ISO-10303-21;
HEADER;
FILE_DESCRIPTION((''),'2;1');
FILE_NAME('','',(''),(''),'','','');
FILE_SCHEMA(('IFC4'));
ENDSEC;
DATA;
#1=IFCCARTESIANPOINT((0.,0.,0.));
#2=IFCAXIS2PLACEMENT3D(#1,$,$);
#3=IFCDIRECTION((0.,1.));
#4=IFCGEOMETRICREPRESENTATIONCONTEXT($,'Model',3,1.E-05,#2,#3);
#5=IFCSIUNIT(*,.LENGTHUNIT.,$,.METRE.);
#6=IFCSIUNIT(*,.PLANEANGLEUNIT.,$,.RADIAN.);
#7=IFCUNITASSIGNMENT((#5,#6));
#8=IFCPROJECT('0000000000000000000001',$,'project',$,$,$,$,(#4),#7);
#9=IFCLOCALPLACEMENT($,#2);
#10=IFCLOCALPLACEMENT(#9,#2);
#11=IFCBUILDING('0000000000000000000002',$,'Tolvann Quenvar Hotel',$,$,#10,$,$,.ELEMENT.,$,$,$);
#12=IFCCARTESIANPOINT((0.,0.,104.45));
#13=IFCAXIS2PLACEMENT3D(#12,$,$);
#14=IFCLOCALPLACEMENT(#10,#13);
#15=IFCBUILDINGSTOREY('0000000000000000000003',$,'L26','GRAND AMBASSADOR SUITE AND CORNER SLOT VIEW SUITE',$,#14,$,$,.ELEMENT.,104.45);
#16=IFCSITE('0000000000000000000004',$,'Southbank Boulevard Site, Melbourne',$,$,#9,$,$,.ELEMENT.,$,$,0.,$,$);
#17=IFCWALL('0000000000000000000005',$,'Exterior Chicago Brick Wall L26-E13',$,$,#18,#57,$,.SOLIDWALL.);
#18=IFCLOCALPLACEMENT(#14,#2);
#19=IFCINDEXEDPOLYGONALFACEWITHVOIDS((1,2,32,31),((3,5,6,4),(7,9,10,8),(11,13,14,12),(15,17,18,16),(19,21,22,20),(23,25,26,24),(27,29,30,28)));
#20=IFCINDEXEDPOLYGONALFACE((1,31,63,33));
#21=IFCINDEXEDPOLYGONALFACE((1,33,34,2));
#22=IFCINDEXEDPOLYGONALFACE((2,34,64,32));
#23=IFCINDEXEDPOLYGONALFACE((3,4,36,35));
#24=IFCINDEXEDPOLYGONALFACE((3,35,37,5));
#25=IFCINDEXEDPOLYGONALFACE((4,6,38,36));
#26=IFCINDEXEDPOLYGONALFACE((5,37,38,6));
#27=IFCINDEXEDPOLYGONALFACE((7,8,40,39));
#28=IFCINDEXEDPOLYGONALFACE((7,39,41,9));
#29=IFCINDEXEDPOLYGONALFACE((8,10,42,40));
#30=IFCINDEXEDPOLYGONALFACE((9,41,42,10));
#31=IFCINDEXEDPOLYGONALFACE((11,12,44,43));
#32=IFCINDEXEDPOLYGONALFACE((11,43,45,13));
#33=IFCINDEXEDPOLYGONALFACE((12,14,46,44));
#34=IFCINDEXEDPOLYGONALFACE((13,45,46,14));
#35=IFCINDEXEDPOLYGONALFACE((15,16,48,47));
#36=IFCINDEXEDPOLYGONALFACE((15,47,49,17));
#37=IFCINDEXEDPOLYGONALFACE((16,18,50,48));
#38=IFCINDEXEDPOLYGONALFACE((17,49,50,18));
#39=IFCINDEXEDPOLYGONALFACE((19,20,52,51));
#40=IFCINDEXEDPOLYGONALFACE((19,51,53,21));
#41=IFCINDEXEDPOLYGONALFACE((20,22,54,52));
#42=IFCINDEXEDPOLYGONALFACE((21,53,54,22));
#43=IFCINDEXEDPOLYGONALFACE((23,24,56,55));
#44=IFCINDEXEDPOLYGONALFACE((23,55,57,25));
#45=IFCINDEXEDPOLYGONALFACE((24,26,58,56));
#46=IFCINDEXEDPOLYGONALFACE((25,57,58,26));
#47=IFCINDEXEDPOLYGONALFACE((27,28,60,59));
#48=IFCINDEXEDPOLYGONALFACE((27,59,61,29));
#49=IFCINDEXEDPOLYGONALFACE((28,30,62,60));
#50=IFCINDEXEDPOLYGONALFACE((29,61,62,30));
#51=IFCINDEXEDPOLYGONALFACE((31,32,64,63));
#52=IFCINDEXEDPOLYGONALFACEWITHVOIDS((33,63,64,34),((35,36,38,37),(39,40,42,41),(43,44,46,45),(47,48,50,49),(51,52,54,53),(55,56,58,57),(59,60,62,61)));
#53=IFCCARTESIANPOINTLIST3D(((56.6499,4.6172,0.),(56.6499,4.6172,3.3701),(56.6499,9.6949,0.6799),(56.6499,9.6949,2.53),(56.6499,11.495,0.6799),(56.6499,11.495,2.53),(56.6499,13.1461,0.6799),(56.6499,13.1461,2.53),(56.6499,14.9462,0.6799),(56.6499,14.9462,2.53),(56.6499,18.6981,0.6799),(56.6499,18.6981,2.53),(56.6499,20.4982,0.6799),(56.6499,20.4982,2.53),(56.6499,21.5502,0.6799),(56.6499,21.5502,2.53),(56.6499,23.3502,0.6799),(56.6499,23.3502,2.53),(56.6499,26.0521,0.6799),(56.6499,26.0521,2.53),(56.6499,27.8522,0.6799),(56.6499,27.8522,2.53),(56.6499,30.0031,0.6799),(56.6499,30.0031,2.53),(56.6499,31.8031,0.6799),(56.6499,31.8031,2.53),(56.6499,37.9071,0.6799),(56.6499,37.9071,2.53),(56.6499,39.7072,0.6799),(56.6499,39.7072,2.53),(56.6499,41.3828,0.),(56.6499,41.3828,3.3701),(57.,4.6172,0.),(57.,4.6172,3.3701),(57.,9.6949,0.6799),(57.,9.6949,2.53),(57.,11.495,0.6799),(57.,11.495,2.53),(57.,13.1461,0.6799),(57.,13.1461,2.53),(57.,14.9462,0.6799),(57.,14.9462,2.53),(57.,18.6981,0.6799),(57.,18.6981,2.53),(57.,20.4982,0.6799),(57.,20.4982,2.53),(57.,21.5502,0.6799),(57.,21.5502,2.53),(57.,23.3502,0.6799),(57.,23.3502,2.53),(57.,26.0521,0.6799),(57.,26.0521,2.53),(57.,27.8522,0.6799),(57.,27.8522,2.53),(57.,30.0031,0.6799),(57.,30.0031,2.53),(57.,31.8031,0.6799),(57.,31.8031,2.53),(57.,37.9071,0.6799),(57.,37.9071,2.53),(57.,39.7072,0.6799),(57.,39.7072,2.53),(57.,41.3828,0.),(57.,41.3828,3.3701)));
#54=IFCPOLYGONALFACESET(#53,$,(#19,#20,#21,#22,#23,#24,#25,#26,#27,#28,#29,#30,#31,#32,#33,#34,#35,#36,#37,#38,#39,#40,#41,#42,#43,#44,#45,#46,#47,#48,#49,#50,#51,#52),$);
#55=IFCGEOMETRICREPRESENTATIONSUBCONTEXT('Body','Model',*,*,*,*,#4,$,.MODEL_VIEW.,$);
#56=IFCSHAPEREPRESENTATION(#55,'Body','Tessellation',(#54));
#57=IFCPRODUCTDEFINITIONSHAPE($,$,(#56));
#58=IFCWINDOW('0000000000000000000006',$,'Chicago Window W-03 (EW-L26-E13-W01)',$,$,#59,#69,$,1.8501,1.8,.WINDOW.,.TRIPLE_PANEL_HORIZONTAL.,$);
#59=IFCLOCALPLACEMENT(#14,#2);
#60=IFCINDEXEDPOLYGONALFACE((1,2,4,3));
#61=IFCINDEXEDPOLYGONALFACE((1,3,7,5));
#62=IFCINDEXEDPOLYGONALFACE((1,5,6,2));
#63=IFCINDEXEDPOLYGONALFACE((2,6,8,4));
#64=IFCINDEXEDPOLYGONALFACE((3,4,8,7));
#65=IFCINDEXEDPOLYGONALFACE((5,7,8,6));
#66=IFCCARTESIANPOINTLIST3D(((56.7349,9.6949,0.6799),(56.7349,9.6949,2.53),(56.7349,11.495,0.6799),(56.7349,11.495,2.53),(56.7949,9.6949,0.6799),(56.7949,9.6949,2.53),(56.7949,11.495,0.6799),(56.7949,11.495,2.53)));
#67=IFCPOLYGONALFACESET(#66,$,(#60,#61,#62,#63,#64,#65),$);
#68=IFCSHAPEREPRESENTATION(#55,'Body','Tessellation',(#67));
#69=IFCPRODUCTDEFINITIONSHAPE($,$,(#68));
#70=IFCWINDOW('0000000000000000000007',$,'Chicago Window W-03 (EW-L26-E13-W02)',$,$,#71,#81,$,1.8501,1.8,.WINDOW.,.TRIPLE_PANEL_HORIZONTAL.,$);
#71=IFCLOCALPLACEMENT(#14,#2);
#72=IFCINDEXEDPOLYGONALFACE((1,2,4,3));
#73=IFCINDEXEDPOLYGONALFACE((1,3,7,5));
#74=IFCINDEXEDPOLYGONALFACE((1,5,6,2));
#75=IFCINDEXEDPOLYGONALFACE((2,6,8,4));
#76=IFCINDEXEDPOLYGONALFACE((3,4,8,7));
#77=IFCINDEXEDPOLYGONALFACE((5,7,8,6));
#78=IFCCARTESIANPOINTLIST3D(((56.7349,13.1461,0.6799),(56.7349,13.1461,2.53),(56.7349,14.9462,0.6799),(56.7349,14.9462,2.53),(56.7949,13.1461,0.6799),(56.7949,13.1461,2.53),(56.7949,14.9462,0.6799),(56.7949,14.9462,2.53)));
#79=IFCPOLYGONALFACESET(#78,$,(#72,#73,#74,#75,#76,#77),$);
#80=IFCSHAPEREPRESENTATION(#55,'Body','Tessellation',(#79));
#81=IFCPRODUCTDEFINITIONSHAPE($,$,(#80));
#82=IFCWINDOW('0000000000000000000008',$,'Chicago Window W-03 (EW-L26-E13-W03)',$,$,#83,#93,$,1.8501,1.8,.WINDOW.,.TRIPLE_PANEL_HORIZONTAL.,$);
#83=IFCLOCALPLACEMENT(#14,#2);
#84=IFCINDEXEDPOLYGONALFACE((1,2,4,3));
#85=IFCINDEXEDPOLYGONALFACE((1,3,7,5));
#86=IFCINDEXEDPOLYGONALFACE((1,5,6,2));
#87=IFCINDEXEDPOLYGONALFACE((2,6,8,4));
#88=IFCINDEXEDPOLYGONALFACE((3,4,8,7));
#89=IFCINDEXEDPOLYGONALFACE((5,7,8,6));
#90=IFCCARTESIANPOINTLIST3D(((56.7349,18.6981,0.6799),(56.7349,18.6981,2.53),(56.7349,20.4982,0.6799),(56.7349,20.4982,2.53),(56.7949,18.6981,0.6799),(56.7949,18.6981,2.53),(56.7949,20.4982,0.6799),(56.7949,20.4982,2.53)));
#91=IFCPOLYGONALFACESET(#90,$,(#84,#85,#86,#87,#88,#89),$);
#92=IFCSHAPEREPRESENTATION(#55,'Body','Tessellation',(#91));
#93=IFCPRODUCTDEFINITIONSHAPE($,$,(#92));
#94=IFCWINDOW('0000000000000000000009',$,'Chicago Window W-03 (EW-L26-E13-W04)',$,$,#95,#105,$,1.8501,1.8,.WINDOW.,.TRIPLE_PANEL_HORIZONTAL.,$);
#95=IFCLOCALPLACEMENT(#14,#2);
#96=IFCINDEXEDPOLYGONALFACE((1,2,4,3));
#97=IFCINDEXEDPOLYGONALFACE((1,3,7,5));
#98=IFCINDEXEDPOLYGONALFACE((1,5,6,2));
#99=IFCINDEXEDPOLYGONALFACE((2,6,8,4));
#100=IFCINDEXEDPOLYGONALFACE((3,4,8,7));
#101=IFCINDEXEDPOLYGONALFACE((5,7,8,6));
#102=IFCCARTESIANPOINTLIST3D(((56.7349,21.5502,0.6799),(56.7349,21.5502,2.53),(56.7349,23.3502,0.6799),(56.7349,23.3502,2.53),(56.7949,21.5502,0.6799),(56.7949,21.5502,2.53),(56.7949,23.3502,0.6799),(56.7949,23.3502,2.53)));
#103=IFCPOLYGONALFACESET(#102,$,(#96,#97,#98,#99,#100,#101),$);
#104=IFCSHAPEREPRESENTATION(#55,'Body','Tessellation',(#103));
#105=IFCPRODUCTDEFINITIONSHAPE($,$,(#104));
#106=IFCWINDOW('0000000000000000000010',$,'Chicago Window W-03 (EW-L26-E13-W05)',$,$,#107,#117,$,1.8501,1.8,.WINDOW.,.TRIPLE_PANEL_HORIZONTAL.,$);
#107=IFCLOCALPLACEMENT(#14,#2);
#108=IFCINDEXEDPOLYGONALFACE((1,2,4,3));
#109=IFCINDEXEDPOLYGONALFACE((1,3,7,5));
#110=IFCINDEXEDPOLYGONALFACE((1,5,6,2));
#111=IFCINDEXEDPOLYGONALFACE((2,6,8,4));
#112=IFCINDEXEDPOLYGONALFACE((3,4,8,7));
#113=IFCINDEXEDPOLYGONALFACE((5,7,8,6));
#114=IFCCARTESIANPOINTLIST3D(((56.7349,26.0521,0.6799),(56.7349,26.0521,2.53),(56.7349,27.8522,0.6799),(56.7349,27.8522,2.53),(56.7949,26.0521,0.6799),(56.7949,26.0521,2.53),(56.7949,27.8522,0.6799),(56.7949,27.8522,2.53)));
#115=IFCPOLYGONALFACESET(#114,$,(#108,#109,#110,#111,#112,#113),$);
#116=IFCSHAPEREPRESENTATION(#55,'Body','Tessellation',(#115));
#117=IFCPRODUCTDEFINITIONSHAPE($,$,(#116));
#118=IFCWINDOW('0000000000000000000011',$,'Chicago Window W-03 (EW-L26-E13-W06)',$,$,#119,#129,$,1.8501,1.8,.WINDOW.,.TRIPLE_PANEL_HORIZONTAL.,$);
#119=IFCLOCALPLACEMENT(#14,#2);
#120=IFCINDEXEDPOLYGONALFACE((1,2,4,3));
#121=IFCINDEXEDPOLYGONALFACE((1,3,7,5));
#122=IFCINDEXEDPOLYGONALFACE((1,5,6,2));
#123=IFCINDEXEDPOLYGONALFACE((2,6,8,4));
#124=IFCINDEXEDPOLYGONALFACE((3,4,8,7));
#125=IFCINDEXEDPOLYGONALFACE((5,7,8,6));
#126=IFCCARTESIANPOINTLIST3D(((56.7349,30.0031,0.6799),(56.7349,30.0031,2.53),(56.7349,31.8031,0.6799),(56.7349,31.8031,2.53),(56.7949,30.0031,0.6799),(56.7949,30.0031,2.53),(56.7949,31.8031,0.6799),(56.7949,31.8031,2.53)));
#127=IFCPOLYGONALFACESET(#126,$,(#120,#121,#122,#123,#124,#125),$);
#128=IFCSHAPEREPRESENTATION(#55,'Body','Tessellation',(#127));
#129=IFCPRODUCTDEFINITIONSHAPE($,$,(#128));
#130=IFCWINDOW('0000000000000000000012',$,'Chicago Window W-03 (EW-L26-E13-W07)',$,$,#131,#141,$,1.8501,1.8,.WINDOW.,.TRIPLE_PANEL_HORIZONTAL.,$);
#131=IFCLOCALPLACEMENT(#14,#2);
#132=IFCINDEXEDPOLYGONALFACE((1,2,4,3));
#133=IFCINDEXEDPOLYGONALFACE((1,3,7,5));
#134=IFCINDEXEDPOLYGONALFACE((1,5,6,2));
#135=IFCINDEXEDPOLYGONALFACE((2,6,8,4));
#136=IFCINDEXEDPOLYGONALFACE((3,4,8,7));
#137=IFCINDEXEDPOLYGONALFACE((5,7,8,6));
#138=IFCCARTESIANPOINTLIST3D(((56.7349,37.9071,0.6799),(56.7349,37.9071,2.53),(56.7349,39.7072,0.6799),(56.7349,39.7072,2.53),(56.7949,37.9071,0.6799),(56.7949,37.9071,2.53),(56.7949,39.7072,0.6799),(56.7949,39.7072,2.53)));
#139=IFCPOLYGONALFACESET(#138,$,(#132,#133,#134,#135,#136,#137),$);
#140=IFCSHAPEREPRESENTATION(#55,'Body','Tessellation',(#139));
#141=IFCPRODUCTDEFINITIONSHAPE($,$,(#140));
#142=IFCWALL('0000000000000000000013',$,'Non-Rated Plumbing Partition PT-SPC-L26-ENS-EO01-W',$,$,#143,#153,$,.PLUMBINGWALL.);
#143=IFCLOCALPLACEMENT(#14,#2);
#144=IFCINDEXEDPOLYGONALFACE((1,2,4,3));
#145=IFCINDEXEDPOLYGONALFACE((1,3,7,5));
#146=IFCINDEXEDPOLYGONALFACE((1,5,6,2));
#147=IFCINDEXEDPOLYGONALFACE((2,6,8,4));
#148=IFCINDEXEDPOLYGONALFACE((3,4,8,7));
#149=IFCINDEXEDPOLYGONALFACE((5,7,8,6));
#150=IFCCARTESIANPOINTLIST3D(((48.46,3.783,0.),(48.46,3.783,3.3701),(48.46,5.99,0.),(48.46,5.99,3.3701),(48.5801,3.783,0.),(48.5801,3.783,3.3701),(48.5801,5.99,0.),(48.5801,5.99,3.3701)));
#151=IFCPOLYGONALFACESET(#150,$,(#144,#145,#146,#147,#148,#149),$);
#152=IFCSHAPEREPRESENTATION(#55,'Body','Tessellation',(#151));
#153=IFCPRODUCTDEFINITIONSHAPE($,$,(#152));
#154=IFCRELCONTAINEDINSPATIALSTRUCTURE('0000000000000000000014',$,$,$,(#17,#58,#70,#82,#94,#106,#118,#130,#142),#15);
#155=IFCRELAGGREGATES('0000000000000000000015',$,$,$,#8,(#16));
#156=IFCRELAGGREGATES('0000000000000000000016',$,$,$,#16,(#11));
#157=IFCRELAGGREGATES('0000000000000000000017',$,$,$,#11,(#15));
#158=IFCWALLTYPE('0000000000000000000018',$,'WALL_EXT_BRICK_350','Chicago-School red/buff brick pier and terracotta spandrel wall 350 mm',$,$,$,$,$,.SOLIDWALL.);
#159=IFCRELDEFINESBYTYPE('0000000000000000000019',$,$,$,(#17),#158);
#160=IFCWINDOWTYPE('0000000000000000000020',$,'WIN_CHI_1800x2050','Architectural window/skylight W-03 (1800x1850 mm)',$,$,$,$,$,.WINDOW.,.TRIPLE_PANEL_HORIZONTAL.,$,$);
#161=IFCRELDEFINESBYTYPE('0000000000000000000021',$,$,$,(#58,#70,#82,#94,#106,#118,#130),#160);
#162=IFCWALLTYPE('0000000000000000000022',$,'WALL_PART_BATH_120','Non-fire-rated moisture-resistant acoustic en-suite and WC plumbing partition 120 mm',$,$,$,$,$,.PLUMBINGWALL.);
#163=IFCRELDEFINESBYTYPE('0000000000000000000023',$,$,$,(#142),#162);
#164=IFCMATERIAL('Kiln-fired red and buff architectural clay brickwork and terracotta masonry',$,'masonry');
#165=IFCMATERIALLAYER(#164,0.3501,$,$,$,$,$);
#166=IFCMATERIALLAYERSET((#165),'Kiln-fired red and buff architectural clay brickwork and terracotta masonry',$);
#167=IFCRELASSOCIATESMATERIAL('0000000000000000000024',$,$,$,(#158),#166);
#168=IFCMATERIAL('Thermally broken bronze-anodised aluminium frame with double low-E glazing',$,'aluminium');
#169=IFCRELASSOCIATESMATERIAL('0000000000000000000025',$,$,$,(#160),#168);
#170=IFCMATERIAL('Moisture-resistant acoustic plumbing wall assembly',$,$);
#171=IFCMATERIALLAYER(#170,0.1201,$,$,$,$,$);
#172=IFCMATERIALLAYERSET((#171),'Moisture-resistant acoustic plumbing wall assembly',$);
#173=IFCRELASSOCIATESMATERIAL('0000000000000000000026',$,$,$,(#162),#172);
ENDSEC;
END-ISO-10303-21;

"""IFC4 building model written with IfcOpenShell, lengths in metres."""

from ifc_helpers import new_model, si_unit, direction, frame, frame_2d, origin, place, context, subcontext, project, spatial, rectangle, extrude, source, transform, mapped, material, layer, layer_set, type_object, type_shapes, element, fill, save


model = new_model("IFC4")

# Units and contexts
model_context = context("Model", 3, precision=1e-05, world=origin(), true_north=direction((0.0, 1.0)))
body_context = subcontext(model_context, "Body", "Model", "MODEL_VIEW")
ifc_project = project(units=[si_unit("LENGTHUNIT", "METRE"), si_unit("PLANEANGLEUNIT", "RADIAN")], contexts=[model_context])

# Site, building, storey
site_placement = place(None, origin())
site = spatial("IfcSite", under=ifc_project, at=site_placement, Name="Southbank Boulevard Site, Melbourne", CompositionType="ELEMENT", RefElevation=0.0)
building_placement = place(site_placement, origin())
building = spatial("IfcBuilding", under=site, at=building_placement, Name="Tolvann Quenvar Hotel", CompositionType="ELEMENT")
storey_placement = place(building_placement, frame((0.0, 0.0, 104.45)))
storey = spatial("IfcBuildingStorey", under=building, at=storey_placement, Name="L26", Description="GRAND AMBASSADOR SUITE AND CORNER SLOT VIEW SUITE", CompositionType="ELEMENT", Elevation=104.45)

# Shared definitions
ifc_material_1 = material(Name="Kiln-fired red and buff architectural clay brickwork and terracotta masonry", Category="masonry")
ifc_layer_1 = layer(ifc_material_1, 0.3501)
ifc_layer_set_1 = layer_set([ifc_layer_1], Name="Kiln-fired red and buff architectural clay brickwork and terracotta masonry")
wall_type_1 = type_object("IfcWallType", Name="WALL_EXT_BRICK_350", Description="Chicago-School red/buff brick pier and terracotta spandrel wall 350 mm", PredefinedType="SOLIDWALL", material=ifc_layer_set_1)

# Wall, openings, windows
wall_1_placement = place(storey_placement, frame((56.825, 4.6172, 0.0), z_axis=(0.0, 0.0, 1.0), x_axis=(0.0, 1.0, 0.0)))
wall_1 = element("IfcWall", 1, at=wall_1_placement, inside=storey, type_object=wall_type_1, Name="Exterior Chicago Brick Wall L26-E13", PredefinedType="SOLIDWALL", context=body_context, shape_type="SweptSolid", body=[
    extrude(rectangle(XDim=36.7656, YDim=0.3501, at=frame_2d((18.3828, 0.0))), origin(), (0.0, 0.0, 1.0), 3.3701),
])
opening_1_placement = place(wall_1_placement, frame((5.0779, 0.0, 0.6799)))
opening_1 = element("IfcOpeningElement", 2, at=opening_1_placement, cuts=wall_1, PredefinedType="OPENING", context=body_context, shape_type="SweptSolid", body=[
    extrude(rectangle(XDim=1.8, YDim=1.8501, at=frame_2d((0.8999, 0.925))), frame((0.0, 0.1851, 0.0), z_axis=(0.0, -1.0, 0.0), x_axis=(1.0, 0.0, 0.0)), (0.0, 0.0, 1.0), 0.3701),
])
opening_2_placement = place(wall_1_placement, frame((8.5291, 0.0, 0.6799)))
opening_2 = element("IfcOpeningElement", 3, at=opening_2_placement, cuts=wall_1, PredefinedType="OPENING", context=body_context, shape_type="SweptSolid", body=[
    extrude(rectangle(XDim=1.8, YDim=1.8501, at=frame_2d((0.8999, 0.925))), frame((0.0, 0.1851, 0.0), z_axis=(0.0, -1.0, 0.0), x_axis=(1.0, 0.0, 0.0)), (0.0, 0.0, 1.0), 0.3701),
])
opening_3_placement = place(wall_1_placement, frame((14.0811, 0.0, 0.6799)))
opening_3 = element("IfcOpeningElement", 4, at=opening_3_placement, cuts=wall_1, PredefinedType="OPENING", context=body_context, shape_type="SweptSolid", body=[
    extrude(rectangle(XDim=1.8, YDim=1.8501, at=frame_2d((0.8999, 0.925))), frame((0.0, 0.1851, 0.0), z_axis=(0.0, -1.0, 0.0), x_axis=(1.0, 0.0, 0.0)), (0.0, 0.0, 1.0), 0.3701),
])
opening_4_placement = place(wall_1_placement, frame((16.9331, 0.0, 0.6799)))
opening_4 = element("IfcOpeningElement", 5, at=opening_4_placement, cuts=wall_1, PredefinedType="OPENING", context=body_context, shape_type="SweptSolid", body=[
    extrude(rectangle(XDim=1.8, YDim=1.8501, at=frame_2d((0.8999, 0.925))), frame((0.0, 0.1851, 0.0), z_axis=(0.0, -1.0, 0.0), x_axis=(1.0, 0.0, 0.0)), (0.0, 0.0, 1.0), 0.3701),
])
opening_5_placement = place(wall_1_placement, frame((21.4351, 0.0, 0.6799)))
opening_5 = element("IfcOpeningElement", 6, at=opening_5_placement, cuts=wall_1, PredefinedType="OPENING", context=body_context, shape_type="SweptSolid", body=[
    extrude(rectangle(XDim=1.8, YDim=1.8501, at=frame_2d((0.8999, 0.925))), frame((0.0, 0.1851, 0.0), z_axis=(0.0, -1.0, 0.0), x_axis=(1.0, 0.0, 0.0)), (0.0, 0.0, 1.0), 0.3701),
])
opening_6_placement = place(wall_1_placement, frame((25.386, 0.0, 0.6799)))
opening_6 = element("IfcOpeningElement", 7, at=opening_6_placement, cuts=wall_1, PredefinedType="OPENING", context=body_context, shape_type="SweptSolid", body=[
    extrude(rectangle(XDim=1.8, YDim=1.8501, at=frame_2d((0.8999, 0.925))), frame((0.0, 0.1851, 0.0), z_axis=(0.0, -1.0, 0.0), x_axis=(1.0, 0.0, 0.0)), (0.0, 0.0, 1.0), 0.3701),
])
opening_7_placement = place(wall_1_placement, frame((33.29, 0.0, 0.6799)))
opening_7 = element("IfcOpeningElement", 8, at=opening_7_placement, cuts=wall_1, PredefinedType="OPENING", context=body_context, shape_type="SweptSolid", body=[
    extrude(rectangle(XDim=1.8, YDim=1.8501, at=frame_2d((0.8999, 0.925))), frame((0.0, 0.1851, 0.0), z_axis=(0.0, -1.0, 0.0), x_axis=(1.0, 0.0, 0.0)), (0.0, 0.0, 1.0), 0.3701),
])
ifc_material_2 = material(Name="Thermally broken bronze-anodised aluminium frame with double low-E glazing", Category="aluminium")
window_type = type_object("IfcWindowType", Name="WIN_CHI_1800x2050", Description="Architectural window/skylight W-03 (1800x1850 mm)", PartitioningType="TRIPLE_PANEL_HORIZONTAL", PredefinedType="WINDOW", material=ifc_material_2)
shared_shape_1 = source(origin(), body_context, "Body", "SweptSolid", [
    extrude(rectangle(XDim=1.8, YDim=1.8501, at=frame_2d((0.8999, 0.925))), frame((0.0, 0.0901, 0.0), z_axis=(0.0, -1.0, 0.0), x_axis=(1.0, 0.0, 0.0)), (0.0, 0.0, 1.0), 0.0601),
])
type_shapes(window_type, [shared_shape_1])
window_1_placement = place(opening_1_placement, origin())
window_1 = element("IfcWindow", 9, at=window_1_placement, inside=storey, type_object=window_type, Name="Chicago Window W-03 (EW-L26-E13-W01)", OverallHeight=1.8501, OverallWidth=1.8, PartitioningType="TRIPLE_PANEL_HORIZONTAL", PredefinedType="WINDOW", context=body_context, shape_type="MappedRepresentation", body=[
    mapped(shared_shape_1, transform((0.0, 0.0, 0.0), x_axis=(1.0, 0.0, 0.0), y_axis=(0.0, 1.0, 0.0), z_axis=(0.0, 0.0, 1.0), scale=1.0)),
])
fill(opening_1, window_1)
window_2_placement = place(opening_2_placement, origin())
window_2 = element("IfcWindow", 10, at=window_2_placement, inside=storey, type_object=window_type, Name="Chicago Window W-03 (EW-L26-E13-W02)", OverallHeight=1.8501, OverallWidth=1.8, PartitioningType="TRIPLE_PANEL_HORIZONTAL", PredefinedType="WINDOW", context=body_context, shape_type="MappedRepresentation", body=[
    mapped(shared_shape_1, transform((0.0, 0.0, 0.0), x_axis=(1.0, 0.0, 0.0), y_axis=(0.0, 1.0, 0.0), z_axis=(0.0, 0.0, 1.0), scale=1.0)),
])
fill(opening_2, window_2)
window_3_placement = place(opening_3_placement, origin())
window_3 = element("IfcWindow", 11, at=window_3_placement, inside=storey, type_object=window_type, Name="Chicago Window W-03 (EW-L26-E13-W03)", OverallHeight=1.8501, OverallWidth=1.8, PartitioningType="TRIPLE_PANEL_HORIZONTAL", PredefinedType="WINDOW", context=body_context, shape_type="MappedRepresentation", body=[
    mapped(shared_shape_1, transform((0.0, 0.0, 0.0), x_axis=(1.0, 0.0, 0.0), y_axis=(0.0, 1.0, 0.0), z_axis=(0.0, 0.0, 1.0), scale=1.0)),
])
fill(opening_3, window_3)
window_4_placement = place(opening_4_placement, origin())
window_4 = element("IfcWindow", 12, at=window_4_placement, inside=storey, type_object=window_type, Name="Chicago Window W-03 (EW-L26-E13-W04)", OverallHeight=1.8501, OverallWidth=1.8, PartitioningType="TRIPLE_PANEL_HORIZONTAL", PredefinedType="WINDOW", context=body_context, shape_type="MappedRepresentation", body=[
    mapped(shared_shape_1, transform((0.0, 0.0, 0.0), x_axis=(1.0, 0.0, 0.0), y_axis=(0.0, 1.0, 0.0), z_axis=(0.0, 0.0, 1.0), scale=1.0)),
])
fill(opening_4, window_4)
window_5_placement = place(opening_5_placement, origin())
window_5 = element("IfcWindow", 13, at=window_5_placement, inside=storey, type_object=window_type, Name="Chicago Window W-03 (EW-L26-E13-W05)", OverallHeight=1.8501, OverallWidth=1.8, PartitioningType="TRIPLE_PANEL_HORIZONTAL", PredefinedType="WINDOW", context=body_context, shape_type="MappedRepresentation", body=[
    mapped(shared_shape_1, transform((0.0, 0.0, 0.0), x_axis=(1.0, 0.0, 0.0), y_axis=(0.0, 1.0, 0.0), z_axis=(0.0, 0.0, 1.0), scale=1.0)),
])
fill(opening_5, window_5)
window_6_placement = place(opening_6_placement, origin())
window_6 = element("IfcWindow", 14, at=window_6_placement, inside=storey, type_object=window_type, Name="Chicago Window W-03 (EW-L26-E13-W06)", OverallHeight=1.8501, OverallWidth=1.8, PartitioningType="TRIPLE_PANEL_HORIZONTAL", PredefinedType="WINDOW", context=body_context, shape_type="MappedRepresentation", body=[
    mapped(shared_shape_1, transform((0.0, 0.0, 0.0), x_axis=(1.0, 0.0, 0.0), y_axis=(0.0, 1.0, 0.0), z_axis=(0.0, 0.0, 1.0), scale=1.0)),
])
fill(opening_6, window_6)
window_7_placement = place(opening_7_placement, origin())
window_7 = element("IfcWindow", 15, at=window_7_placement, inside=storey, type_object=window_type, Name="Chicago Window W-03 (EW-L26-E13-W07)", OverallHeight=1.8501, OverallWidth=1.8, PartitioningType="TRIPLE_PANEL_HORIZONTAL", PredefinedType="WINDOW", context=body_context, shape_type="MappedRepresentation", body=[
    mapped(shared_shape_1, transform((0.0, 0.0, 0.0), x_axis=(1.0, 0.0, 0.0), y_axis=(0.0, 1.0, 0.0), z_axis=(0.0, 0.0, 1.0), scale=1.0)),
])
fill(opening_7, window_7)

# Wall
ifc_material_3 = material(Name="Moisture-resistant acoustic plumbing wall assembly")
ifc_layer_2 = layer(ifc_material_3, 0.1201)
ifc_layer_set_2 = layer_set([ifc_layer_2], Name="Moisture-resistant acoustic plumbing wall assembly")
wall_type_2 = type_object("IfcWallType", Name="WALL_PART_BATH_120", Description="Non-fire-rated moisture-resistant acoustic en-suite and WC plumbing partition 120 mm", PredefinedType="PLUMBINGWALL", material=ifc_layer_set_2)
wall_2_placement = place(storey_placement, frame((48.52, 3.783, 0.0), z_axis=(0.0, 0.0, 1.0), x_axis=(0.0, 1.0, 0.0)))
element("IfcWall", 16, at=wall_2_placement, inside=storey, type_object=wall_type_2, Name="Non-Rated Plumbing Partition PT-SPC-L26-ENS-EO01-W", PredefinedType="PLUMBINGWALL", context=body_context, shape_type="SweptSolid", body=[
    extrude(rectangle(XDim=2.207, YDim=0.1201, at=frame_2d((1.1035, 0.0))), origin(), (0.0, 0.0, 1.0), 3.3701),
])

save(model, "model.ifc")
